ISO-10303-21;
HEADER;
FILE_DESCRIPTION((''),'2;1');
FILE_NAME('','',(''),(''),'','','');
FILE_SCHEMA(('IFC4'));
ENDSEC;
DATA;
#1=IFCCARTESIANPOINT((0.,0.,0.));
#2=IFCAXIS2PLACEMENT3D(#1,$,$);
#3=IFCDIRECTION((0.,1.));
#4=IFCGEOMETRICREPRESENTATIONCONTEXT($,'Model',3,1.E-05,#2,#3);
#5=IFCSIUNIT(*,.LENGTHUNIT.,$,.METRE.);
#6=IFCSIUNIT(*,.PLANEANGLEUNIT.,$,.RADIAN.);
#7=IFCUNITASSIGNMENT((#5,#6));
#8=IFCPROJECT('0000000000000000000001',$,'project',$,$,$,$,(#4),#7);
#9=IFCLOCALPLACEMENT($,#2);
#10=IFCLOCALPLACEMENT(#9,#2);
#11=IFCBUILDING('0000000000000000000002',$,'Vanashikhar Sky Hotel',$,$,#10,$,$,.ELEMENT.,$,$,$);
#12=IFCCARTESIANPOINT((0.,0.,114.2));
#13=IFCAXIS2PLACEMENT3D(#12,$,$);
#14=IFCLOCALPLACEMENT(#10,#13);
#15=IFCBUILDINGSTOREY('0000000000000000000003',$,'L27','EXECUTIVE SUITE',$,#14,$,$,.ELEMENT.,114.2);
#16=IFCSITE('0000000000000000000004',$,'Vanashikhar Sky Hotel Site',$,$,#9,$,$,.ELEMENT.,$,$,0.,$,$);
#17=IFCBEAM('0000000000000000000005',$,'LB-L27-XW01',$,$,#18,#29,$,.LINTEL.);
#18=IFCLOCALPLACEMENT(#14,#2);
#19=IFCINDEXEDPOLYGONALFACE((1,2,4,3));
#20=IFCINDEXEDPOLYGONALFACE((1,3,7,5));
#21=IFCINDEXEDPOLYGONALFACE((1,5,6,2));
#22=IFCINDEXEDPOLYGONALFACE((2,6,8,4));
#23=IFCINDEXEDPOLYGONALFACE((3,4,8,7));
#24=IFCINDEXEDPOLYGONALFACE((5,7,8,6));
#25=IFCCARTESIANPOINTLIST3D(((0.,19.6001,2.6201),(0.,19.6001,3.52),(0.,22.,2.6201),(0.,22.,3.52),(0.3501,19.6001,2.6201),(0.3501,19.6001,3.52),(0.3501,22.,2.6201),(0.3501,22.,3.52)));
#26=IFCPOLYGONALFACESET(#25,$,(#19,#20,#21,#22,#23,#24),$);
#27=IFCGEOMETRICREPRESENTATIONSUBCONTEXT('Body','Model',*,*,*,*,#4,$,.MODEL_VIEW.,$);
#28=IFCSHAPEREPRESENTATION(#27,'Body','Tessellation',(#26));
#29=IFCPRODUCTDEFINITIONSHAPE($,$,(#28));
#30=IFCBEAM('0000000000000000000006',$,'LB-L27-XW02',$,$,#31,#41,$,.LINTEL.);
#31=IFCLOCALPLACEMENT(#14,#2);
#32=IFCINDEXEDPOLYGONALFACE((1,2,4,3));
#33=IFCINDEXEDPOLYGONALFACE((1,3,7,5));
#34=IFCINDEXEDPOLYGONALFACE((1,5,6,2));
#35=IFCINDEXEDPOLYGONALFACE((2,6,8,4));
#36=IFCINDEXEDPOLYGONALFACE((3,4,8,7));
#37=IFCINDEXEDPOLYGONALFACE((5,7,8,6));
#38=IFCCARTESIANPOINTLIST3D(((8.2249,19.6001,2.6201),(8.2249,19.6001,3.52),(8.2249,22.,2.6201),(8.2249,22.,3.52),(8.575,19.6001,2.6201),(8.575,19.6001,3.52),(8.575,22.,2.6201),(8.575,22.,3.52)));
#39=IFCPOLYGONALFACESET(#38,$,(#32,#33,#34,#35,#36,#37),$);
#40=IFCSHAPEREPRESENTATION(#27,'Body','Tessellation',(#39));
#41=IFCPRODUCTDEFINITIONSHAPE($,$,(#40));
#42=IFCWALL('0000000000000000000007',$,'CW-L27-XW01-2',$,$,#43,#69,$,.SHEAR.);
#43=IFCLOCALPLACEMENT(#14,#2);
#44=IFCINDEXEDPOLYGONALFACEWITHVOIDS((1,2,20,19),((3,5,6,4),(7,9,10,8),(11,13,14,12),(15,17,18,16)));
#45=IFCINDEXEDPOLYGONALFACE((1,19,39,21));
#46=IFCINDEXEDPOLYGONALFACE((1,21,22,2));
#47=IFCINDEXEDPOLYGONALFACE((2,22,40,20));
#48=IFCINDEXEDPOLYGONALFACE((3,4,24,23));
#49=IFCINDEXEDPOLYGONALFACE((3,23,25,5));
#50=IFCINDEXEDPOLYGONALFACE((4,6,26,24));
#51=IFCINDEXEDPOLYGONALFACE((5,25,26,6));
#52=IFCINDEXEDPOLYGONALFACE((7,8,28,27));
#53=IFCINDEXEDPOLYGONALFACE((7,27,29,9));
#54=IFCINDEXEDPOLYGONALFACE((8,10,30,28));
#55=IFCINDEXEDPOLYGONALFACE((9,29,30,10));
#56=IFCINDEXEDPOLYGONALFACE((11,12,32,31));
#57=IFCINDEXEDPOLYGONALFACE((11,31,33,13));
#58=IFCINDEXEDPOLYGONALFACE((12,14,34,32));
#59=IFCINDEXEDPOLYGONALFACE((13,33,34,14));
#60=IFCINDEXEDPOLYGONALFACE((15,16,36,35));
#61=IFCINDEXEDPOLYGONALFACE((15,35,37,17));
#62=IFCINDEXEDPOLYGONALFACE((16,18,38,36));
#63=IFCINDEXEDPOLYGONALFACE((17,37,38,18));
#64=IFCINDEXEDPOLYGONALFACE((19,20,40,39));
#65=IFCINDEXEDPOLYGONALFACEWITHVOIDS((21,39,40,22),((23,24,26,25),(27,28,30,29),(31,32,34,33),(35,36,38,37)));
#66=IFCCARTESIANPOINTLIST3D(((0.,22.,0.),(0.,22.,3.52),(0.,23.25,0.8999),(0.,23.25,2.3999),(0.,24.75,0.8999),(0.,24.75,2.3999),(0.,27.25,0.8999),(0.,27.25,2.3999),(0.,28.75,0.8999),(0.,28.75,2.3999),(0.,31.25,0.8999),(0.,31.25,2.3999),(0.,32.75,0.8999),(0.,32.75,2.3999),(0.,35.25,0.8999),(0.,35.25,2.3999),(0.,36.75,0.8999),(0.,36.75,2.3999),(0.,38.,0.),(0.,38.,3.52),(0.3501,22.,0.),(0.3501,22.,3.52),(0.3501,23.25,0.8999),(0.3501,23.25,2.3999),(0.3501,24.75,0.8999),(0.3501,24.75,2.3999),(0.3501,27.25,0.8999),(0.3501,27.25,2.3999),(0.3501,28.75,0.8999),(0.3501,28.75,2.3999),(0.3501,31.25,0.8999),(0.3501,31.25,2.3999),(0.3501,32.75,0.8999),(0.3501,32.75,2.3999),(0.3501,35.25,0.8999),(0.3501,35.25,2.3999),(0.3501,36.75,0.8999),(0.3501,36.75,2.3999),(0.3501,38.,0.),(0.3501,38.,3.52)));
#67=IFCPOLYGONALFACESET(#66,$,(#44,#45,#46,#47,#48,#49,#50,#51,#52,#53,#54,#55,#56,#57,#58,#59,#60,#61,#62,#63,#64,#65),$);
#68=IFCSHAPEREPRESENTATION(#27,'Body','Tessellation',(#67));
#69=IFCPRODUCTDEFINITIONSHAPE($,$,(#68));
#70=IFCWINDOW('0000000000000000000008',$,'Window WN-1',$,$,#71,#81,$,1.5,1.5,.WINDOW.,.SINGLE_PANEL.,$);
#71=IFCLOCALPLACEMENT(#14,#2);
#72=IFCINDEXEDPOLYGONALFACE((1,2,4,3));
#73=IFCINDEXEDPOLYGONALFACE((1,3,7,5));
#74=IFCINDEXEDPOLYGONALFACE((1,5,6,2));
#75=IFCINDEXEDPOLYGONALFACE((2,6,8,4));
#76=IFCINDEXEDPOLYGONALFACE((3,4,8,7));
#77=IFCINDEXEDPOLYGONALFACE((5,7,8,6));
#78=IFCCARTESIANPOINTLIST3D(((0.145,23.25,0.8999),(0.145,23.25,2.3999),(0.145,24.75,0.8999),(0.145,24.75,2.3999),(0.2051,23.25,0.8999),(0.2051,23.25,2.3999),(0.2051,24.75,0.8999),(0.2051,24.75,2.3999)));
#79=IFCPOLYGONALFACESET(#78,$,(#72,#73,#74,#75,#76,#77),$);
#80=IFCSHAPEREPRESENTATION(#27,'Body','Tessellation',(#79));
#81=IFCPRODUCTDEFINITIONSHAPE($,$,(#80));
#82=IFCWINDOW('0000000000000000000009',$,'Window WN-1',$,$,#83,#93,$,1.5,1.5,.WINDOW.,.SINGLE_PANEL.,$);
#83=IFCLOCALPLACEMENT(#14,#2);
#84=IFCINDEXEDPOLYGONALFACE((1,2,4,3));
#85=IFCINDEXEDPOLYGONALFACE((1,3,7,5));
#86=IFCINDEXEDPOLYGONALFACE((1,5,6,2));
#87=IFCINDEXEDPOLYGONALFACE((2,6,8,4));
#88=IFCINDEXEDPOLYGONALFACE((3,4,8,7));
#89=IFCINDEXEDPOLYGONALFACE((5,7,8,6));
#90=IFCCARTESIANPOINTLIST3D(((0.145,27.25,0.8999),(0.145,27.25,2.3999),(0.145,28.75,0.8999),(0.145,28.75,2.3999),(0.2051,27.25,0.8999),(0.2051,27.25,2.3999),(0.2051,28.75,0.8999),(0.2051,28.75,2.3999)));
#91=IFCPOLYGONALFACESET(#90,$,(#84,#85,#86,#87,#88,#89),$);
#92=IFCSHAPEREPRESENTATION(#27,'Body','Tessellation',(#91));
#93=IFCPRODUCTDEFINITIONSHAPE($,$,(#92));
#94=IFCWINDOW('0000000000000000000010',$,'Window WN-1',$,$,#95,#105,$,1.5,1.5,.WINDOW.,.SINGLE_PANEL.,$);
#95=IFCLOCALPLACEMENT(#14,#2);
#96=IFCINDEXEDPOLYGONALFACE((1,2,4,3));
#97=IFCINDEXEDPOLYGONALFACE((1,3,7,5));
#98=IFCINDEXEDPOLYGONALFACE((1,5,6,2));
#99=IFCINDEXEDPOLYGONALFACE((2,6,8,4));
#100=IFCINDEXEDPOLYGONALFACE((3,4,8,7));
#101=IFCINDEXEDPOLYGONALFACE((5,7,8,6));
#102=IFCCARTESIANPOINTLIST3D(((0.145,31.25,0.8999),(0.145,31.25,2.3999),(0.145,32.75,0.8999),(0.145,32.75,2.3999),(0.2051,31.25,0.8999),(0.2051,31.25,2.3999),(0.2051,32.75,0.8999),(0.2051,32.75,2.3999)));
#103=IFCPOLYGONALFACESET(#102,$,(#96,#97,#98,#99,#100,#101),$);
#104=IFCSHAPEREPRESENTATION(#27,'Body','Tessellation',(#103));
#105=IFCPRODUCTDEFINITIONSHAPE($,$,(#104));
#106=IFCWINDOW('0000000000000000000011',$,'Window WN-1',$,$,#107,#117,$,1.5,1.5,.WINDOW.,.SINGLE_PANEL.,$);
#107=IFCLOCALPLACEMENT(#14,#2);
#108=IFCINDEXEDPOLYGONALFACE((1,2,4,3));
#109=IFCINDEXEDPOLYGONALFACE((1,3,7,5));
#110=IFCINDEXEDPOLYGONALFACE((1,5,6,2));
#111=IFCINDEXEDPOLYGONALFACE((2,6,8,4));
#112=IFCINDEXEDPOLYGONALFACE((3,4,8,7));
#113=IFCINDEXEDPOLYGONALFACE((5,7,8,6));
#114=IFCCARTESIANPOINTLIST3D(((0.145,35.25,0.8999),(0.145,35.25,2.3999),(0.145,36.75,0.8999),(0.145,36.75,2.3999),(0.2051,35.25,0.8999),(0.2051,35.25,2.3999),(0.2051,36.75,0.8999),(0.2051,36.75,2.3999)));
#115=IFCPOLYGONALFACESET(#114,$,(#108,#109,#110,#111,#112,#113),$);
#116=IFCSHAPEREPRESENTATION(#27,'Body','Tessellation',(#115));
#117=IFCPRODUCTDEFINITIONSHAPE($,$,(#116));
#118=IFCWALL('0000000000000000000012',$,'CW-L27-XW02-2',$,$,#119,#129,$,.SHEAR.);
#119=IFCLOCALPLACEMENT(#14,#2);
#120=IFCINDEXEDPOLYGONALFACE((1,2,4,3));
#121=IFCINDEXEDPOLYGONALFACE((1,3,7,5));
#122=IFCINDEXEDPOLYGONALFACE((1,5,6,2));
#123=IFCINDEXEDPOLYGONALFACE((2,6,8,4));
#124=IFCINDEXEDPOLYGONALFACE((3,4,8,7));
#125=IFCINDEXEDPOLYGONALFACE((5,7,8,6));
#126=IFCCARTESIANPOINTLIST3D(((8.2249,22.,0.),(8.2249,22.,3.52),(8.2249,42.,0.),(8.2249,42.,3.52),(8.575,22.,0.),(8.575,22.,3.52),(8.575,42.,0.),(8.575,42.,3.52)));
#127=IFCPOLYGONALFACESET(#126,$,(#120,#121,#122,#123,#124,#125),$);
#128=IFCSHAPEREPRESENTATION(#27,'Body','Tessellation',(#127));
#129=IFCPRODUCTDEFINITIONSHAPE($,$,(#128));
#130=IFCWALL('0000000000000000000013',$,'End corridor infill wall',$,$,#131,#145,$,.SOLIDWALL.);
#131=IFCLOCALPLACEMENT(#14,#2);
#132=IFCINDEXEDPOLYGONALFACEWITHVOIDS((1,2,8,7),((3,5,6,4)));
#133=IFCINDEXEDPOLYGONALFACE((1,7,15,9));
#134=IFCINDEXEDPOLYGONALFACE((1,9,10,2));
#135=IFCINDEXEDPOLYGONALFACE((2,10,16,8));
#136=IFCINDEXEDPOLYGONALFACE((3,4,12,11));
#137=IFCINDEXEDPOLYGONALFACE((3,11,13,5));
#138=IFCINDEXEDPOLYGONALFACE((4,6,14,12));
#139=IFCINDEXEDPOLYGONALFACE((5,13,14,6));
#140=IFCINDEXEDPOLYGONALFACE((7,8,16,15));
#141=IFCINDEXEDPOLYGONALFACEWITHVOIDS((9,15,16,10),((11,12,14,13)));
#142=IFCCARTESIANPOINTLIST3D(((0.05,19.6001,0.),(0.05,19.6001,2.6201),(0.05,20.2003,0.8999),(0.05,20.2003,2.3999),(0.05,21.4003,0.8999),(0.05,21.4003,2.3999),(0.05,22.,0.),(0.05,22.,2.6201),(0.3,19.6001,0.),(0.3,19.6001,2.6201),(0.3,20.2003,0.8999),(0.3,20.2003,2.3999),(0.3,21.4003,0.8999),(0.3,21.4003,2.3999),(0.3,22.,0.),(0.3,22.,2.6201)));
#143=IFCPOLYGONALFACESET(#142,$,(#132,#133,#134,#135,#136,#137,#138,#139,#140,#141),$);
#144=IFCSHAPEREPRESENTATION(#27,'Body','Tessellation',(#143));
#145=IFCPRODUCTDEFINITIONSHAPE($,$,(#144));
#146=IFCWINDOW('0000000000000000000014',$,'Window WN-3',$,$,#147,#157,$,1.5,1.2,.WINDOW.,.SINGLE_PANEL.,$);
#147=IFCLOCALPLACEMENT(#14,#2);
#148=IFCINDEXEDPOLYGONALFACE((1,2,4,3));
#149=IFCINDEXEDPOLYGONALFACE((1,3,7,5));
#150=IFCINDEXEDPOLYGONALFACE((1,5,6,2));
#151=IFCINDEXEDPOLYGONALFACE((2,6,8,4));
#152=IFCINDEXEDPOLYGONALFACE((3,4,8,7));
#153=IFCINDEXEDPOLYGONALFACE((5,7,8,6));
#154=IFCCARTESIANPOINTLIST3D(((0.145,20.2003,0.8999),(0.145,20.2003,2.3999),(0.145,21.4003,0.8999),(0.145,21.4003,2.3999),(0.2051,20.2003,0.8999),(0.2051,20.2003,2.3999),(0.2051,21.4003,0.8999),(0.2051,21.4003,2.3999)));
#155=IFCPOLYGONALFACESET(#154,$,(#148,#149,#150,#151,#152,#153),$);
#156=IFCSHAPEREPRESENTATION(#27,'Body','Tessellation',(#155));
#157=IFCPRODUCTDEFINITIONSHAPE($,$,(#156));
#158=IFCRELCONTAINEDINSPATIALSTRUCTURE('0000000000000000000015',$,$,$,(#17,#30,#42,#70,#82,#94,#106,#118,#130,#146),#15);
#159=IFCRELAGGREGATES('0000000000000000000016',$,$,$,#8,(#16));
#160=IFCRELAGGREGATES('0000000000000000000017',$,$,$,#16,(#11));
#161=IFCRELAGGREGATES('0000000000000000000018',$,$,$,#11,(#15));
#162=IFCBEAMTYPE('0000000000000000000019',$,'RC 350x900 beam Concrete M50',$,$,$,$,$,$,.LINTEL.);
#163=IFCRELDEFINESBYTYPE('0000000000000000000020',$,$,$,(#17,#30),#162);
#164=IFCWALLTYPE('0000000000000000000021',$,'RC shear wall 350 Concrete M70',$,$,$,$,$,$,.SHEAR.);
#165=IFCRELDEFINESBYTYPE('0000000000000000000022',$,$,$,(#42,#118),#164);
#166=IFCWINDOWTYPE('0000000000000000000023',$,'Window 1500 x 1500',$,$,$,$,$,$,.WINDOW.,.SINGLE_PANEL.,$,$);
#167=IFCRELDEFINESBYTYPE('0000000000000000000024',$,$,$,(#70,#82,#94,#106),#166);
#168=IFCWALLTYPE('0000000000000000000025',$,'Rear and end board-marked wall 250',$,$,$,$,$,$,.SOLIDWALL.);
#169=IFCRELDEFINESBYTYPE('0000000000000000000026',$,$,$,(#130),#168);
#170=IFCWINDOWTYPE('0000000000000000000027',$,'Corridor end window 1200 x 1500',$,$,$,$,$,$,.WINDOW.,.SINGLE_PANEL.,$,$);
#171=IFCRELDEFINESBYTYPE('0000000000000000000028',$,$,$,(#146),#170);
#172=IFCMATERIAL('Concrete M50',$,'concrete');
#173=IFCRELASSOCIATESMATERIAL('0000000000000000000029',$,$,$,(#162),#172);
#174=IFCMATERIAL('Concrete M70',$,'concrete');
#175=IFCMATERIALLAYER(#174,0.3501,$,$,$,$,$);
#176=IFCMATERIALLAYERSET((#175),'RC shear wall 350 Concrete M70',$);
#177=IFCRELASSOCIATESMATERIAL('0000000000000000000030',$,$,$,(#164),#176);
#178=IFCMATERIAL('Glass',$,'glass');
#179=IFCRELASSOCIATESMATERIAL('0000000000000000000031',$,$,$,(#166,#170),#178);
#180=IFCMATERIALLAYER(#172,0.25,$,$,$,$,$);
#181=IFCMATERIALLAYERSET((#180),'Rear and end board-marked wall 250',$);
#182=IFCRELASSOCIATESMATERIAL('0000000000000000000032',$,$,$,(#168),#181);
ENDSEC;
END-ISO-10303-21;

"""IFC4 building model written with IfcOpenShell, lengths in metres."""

from ifc_helpers import new_model, si_unit, direction, frame, frame_2d, origin, origin_2d, place, context, subcontext, project, spatial, rectangle, extrude, source, transform, mapped, material, layer, layer_set, material_profile, profile_set, type_object, element, fill, save


model = new_model("IFC4")

# Units and contexts
model_context = context("Model", 3, precision=1e-05, world=origin(), true_north=direction((0.0, 1.0)))
body_context = subcontext(model_context, "Body", "Model", "MODEL_VIEW")
ifc_project = project(units=[si_unit("LENGTHUNIT", "METRE"), si_unit("PLANEANGLEUNIT", "RADIAN")], contexts=[model_context])

# Site, building, storey
site_placement = place(None, origin())
site = spatial("IfcSite", under=ifc_project, at=site_placement, Name="Vanashikhar Sky Hotel Site", CompositionType="ELEMENT", RefElevation=0.0)
building_placement = place(site_placement, origin())
building = spatial("IfcBuilding", under=site, at=building_placement, Name="Vanashikhar Sky Hotel", CompositionType="ELEMENT")
storey_placement = place(building_placement, frame((0.0, 0.0, 114.2)))
storey = spatial("IfcBuildingStorey", under=building, at=storey_placement, Name="L27", Description="EXECUTIVE SUITE", CompositionType="ELEMENT", Elevation=114.2)

# Beams
ifc_material_1 = material(Name="Concrete M50", Category="concrete")
ifc_material_profile = material_profile(ifc_material_1, rectangle(XDim=0.3501, YDim=0.8999, at=origin_2d()))
ifc_profile_set = profile_set([ifc_material_profile], Name="RC 350x900 beam Concrete M50")
beam_type = type_object("IfcBeamType", Name="RC 350x900 beam Concrete M50", PredefinedType="LINTEL", material=ifc_profile_set)
shared_shape_1 = source(origin(), body_context, "Body", "SweptSolid", [
    extrude(rectangle(XDim=0.3501, YDim=0.8999, at=origin_2d()), origin(), (0.0, 0.0, 1.0), 2.3999),
])
for number, where, z_axis, x_axis, name in (
    (1, (0.175, 19.6001, 3.0701), (0.0, 1.0, 0.0), (-1.0, 0.0, 0.0), "LB-L27-XW01"),
    (2, (8.3999, 19.6001, 3.0701), (0.0, 1.0, 0.0), (-1.0, 0.0, 0.0), "LB-L27-XW02"),
):
    element("IfcBeam", number, at=place(storey_placement, frame(where, z_axis=z_axis, x_axis=x_axis)), inside=storey, type_object=beam_type, Name=name, PredefinedType="LINTEL", context=body_context, shape_type="MappedRepresentation", body=[
        mapped(shared_shape_1, transform((0.0, 0.0, 0.0), scale=1.0)),
    ])

# Wall, openings, windows
ifc_material_2 = material(Name="Concrete M70", Category="concrete")
ifc_layer_1 = layer(ifc_material_2, 0.3501)
ifc_layer_set_1 = layer_set([ifc_layer_1], Name="RC shear wall 350 Concrete M70")
wall_type_1 = type_object("IfcWallType", Name="RC shear wall 350 Concrete M70", PredefinedType="SHEAR", material=ifc_layer_set_1)
shared_shape_2 = source(origin(), body_context, "Body", "SweptSolid", [
    extrude(rectangle(XDim=16.0, YDim=0.3501, at=frame_2d((8.0, 0.0))), origin(), (0.0, 0.0, 1.0), 3.52),
])
wall_1_placement = place(storey_placement, frame((0.175, 22.0, 0.0), z_axis=(0.0, 0.0, 1.0), x_axis=(0.0, 1.0, 0.0)))
wall_1 = element("IfcWall", 3, at=wall_1_placement, inside=storey, type_object=wall_type_1, Name="CW-L27-XW01-2", PredefinedType="SHEAR", context=body_context, shape_type="MappedRepresentation", body=[
    mapped(shared_shape_2, transform((0.0, 0.0, 0.0), scale=1.0)),
])
shared_shape_3 = source(origin(), body_context, "Body", "SweptSolid", [
    extrude(rectangle(XDim=1.5, YDim=1.5, at=frame_2d((0.75, 0.75))), frame((0.0, 0.1851, 0.0), z_axis=(0.0, -1.0, 0.0), x_axis=(1.0, 0.0, 0.0)), (0.0, 0.0, 1.0), 0.3701),
])
opening_1_placement = place(wall_1_placement, frame((1.25, 0.0, 0.8999)))
opening_1 = element("IfcOpeningElement", 4, at=opening_1_placement, cuts=wall_1, PredefinedType="OPENING", context=body_context, shape_type="MappedRepresentation", body=[
    mapped(shared_shape_3, transform((0.0, 0.0, 0.0), scale=1.0)),
])
opening_2_placement = place(wall_1_placement, frame((5.25, 0.0, 0.8999)))
opening_2 = element("IfcOpeningElement", 5, at=opening_2_placement, cuts=wall_1, PredefinedType="OPENING", context=body_context, shape_type="MappedRepresentation", body=[
    mapped(shared_shape_3, transform((0.0, 0.0, 0.0), scale=1.0)),
])
opening_3_placement = place(wall_1_placement, frame((9.25, 0.0, 0.8999)))
opening_3 = element("IfcOpeningElement", 6, at=opening_3_placement, cuts=wall_1, PredefinedType="OPENING", context=body_context, shape_type="MappedRepresentation", body=[
    mapped(shared_shape_3, transform((0.0, 0.0, 0.0), scale=1.0)),
])
opening_4_placement = place(wall_1_placement, frame((13.25, 0.0, 0.8999)))
opening_4 = element("IfcOpeningElement", 7, at=opening_4_placement, cuts=wall_1, PredefinedType="OPENING", context=body_context, shape_type="MappedRepresentation", body=[
    mapped(shared_shape_3, transform((0.0, 0.0, 0.0), scale=1.0)),
])
ifc_material_3 = material(Name="Glass", Category="glass")
window_type_1 = type_object("IfcWindowType", Name="Window 1500 x 1500", PartitioningType="SINGLE_PANEL", PredefinedType="WINDOW", material=ifc_material_3)
shared_shape_4 = source(origin(), body_context, "Body", "SweptSolid", [
    extrude(rectangle(XDim=1.5, YDim=1.5, at=frame_2d((0.75, 0.75))), frame((0.0, 0.03, 0.0), z_axis=(0.0, -1.0, 0.0), x_axis=(1.0, 0.0, 0.0)), (0.0, 0.0, 1.0), 0.0601),
])
window_1_placement = place(opening_1_placement, origin())
window_1 = element("IfcWindow", 8, at=window_1_placement, inside=storey, type_object=window_type_1, Name="Window WN-1", OverallHeight=1.5, OverallWidth=1.5, PartitioningType="SINGLE_PANEL", PredefinedType="WINDOW", context=body_context, shape_type="MappedRepresentation", body=[
    mapped(shared_shape_4, transform((0.0, 0.0, 0.0), scale=1.0)),
])
fill(opening_1, window_1)
window_2_placement = place(opening_2_placement, origin())
window_2 = element("IfcWindow", 9, at=window_2_placement, inside=storey, type_object=window_type_1, Name="Window WN-1", OverallHeight=1.5, OverallWidth=1.5, PartitioningType="SINGLE_PANEL", PredefinedType="WINDOW", context=body_context, shape_type="MappedRepresentation", body=[
    mapped(shared_shape_4, transform((0.0, 0.0, 0.0), scale=1.0)),
])
fill(opening_2, window_2)
window_3_placement = place(opening_3_placement, origin())
window_3 = element("IfcWindow", 10, at=window_3_placement, inside=storey, type_object=window_type_1, Name="Window WN-1", OverallHeight=1.5, OverallWidth=1.5, PartitioningType="SINGLE_PANEL", PredefinedType="WINDOW", context=body_context, shape_type="MappedRepresentation", body=[
    mapped(shared_shape_4, transform((0.0, 0.0, 0.0), scale=1.0)),
])
fill(opening_3, window_3)
window_4_placement = place(opening_4_placement, origin())
window_4 = element("IfcWindow", 11, at=window_4_placement, inside=storey, type_object=window_type_1, Name="Window WN-1", OverallHeight=1.5, OverallWidth=1.5, PartitioningType="SINGLE_PANEL", PredefinedType="WINDOW", context=body_context, shape_type="MappedRepresentation", body=[
    mapped(shared_shape_4, transform((0.0, 0.0, 0.0), scale=1.0)),
])
fill(opening_4, window_4)

# Wall
shared_shape_5 = source(origin(), body_context, "Body", "SweptSolid", [
    extrude(rectangle(XDim=20.0, YDim=0.3501, at=frame_2d((10.0, 0.0))), origin(), (0.0, 0.0, 1.0), 3.52),
])
wall_2_placement = place(storey_placement, frame((8.3999, 22.0, 0.0), z_axis=(0.0, 0.0, 1.0), x_axis=(0.0, 1.0, 0.0)))
element("IfcWall", 12, at=wall_2_placement, inside=storey, type_object=wall_type_1, Name="CW-L27-XW02-2", PredefinedType="SHEAR", context=body_context, shape_type="MappedRepresentation", body=[
    mapped(shared_shape_5, transform((0.0, 0.0, 0.0), scale=1.0)),
])

# Wall, opening, window
ifc_layer_2 = layer(ifc_material_1, 0.25)
ifc_layer_set_2 = layer_set([ifc_layer_2], Name="Rear and end board-marked wall 250")
wall_type_2 = type_object("IfcWallType", Name="Rear and end board-marked wall 250", PredefinedType="SOLIDWALL", material=ifc_layer_set_2)
shared_shape_6 = source(origin(), body_context, "Body", "SweptSolid", [
    extrude(rectangle(XDim=2.3999, YDim=0.25, at=frame_2d((1.2, 0.0))), origin(), (0.0, 0.0, 1.0), 2.6201),
])
wall_3_placement = place(storey_placement, frame((0.175, 19.6001, 0.0), z_axis=(0.0, 0.0, 1.0), x_axis=(0.0, 1.0, 0.0)))
wall_3 = element("IfcWall", 13, at=wall_3_placement, inside=storey, type_object=wall_type_2, Name="End corridor infill wall", PredefinedType="SOLIDWALL", context=body_context, shape_type="MappedRepresentation", body=[
    mapped(shared_shape_6, transform((0.0, 0.0, 0.0), scale=1.0)),
])
shared_shape_7 = source(origin(), body_context, "Body", "SweptSolid", [
    extrude(rectangle(XDim=1.2, YDim=1.5, at=frame_2d((0.6001, 0.75))), frame((0.0, 0.135, 0.0), z_axis=(0.0, -1.0, 0.0), x_axis=(1.0, 0.0, 0.0)), (0.0, 0.0, 1.0), 0.27),
])
opening_5_placement = place(wall_3_placement, frame((0.6001, 0.0, 0.8999)))
opening_5 = element("IfcOpeningElement", 14, at=opening_5_placement, cuts=wall_3, PredefinedType="OPENING", context=body_context, shape_type="MappedRepresentation", body=[
    mapped(shared_shape_7, transform((0.0, 0.0, 0.0), scale=1.0)),
])
window_type_2 = type_object("IfcWindowType", Name="Corridor end window 1200 x 1500", PartitioningType="SINGLE_PANEL", PredefinedType="WINDOW", material=ifc_material_3)
shared_shape_8 = source(origin(), body_context, "Body", "SweptSolid", [
    extrude(rectangle(XDim=1.2, YDim=1.5, at=frame_2d((0.6001, 0.75))), frame((0.0, 0.03, 0.0), z_axis=(0.0, -1.0, 0.0), x_axis=(1.0, 0.0, 0.0)), (0.0, 0.0, 1.0), 0.0601),
])
window_5_placement = place(opening_5_placement, origin())
window_5 = element("IfcWindow", 15, at=window_5_placement, inside=storey, type_object=window_type_2, Name="Window WN-3", OverallHeight=1.5, OverallWidth=1.2, PartitioningType="SINGLE_PANEL", PredefinedType="WINDOW", context=body_context, shape_type="MappedRepresentation", body=[
    mapped(shared_shape_8, transform((0.0, 0.0, 0.0), scale=1.0)),
])
fill(opening_5, window_5)

save(model, "model.ifc")
